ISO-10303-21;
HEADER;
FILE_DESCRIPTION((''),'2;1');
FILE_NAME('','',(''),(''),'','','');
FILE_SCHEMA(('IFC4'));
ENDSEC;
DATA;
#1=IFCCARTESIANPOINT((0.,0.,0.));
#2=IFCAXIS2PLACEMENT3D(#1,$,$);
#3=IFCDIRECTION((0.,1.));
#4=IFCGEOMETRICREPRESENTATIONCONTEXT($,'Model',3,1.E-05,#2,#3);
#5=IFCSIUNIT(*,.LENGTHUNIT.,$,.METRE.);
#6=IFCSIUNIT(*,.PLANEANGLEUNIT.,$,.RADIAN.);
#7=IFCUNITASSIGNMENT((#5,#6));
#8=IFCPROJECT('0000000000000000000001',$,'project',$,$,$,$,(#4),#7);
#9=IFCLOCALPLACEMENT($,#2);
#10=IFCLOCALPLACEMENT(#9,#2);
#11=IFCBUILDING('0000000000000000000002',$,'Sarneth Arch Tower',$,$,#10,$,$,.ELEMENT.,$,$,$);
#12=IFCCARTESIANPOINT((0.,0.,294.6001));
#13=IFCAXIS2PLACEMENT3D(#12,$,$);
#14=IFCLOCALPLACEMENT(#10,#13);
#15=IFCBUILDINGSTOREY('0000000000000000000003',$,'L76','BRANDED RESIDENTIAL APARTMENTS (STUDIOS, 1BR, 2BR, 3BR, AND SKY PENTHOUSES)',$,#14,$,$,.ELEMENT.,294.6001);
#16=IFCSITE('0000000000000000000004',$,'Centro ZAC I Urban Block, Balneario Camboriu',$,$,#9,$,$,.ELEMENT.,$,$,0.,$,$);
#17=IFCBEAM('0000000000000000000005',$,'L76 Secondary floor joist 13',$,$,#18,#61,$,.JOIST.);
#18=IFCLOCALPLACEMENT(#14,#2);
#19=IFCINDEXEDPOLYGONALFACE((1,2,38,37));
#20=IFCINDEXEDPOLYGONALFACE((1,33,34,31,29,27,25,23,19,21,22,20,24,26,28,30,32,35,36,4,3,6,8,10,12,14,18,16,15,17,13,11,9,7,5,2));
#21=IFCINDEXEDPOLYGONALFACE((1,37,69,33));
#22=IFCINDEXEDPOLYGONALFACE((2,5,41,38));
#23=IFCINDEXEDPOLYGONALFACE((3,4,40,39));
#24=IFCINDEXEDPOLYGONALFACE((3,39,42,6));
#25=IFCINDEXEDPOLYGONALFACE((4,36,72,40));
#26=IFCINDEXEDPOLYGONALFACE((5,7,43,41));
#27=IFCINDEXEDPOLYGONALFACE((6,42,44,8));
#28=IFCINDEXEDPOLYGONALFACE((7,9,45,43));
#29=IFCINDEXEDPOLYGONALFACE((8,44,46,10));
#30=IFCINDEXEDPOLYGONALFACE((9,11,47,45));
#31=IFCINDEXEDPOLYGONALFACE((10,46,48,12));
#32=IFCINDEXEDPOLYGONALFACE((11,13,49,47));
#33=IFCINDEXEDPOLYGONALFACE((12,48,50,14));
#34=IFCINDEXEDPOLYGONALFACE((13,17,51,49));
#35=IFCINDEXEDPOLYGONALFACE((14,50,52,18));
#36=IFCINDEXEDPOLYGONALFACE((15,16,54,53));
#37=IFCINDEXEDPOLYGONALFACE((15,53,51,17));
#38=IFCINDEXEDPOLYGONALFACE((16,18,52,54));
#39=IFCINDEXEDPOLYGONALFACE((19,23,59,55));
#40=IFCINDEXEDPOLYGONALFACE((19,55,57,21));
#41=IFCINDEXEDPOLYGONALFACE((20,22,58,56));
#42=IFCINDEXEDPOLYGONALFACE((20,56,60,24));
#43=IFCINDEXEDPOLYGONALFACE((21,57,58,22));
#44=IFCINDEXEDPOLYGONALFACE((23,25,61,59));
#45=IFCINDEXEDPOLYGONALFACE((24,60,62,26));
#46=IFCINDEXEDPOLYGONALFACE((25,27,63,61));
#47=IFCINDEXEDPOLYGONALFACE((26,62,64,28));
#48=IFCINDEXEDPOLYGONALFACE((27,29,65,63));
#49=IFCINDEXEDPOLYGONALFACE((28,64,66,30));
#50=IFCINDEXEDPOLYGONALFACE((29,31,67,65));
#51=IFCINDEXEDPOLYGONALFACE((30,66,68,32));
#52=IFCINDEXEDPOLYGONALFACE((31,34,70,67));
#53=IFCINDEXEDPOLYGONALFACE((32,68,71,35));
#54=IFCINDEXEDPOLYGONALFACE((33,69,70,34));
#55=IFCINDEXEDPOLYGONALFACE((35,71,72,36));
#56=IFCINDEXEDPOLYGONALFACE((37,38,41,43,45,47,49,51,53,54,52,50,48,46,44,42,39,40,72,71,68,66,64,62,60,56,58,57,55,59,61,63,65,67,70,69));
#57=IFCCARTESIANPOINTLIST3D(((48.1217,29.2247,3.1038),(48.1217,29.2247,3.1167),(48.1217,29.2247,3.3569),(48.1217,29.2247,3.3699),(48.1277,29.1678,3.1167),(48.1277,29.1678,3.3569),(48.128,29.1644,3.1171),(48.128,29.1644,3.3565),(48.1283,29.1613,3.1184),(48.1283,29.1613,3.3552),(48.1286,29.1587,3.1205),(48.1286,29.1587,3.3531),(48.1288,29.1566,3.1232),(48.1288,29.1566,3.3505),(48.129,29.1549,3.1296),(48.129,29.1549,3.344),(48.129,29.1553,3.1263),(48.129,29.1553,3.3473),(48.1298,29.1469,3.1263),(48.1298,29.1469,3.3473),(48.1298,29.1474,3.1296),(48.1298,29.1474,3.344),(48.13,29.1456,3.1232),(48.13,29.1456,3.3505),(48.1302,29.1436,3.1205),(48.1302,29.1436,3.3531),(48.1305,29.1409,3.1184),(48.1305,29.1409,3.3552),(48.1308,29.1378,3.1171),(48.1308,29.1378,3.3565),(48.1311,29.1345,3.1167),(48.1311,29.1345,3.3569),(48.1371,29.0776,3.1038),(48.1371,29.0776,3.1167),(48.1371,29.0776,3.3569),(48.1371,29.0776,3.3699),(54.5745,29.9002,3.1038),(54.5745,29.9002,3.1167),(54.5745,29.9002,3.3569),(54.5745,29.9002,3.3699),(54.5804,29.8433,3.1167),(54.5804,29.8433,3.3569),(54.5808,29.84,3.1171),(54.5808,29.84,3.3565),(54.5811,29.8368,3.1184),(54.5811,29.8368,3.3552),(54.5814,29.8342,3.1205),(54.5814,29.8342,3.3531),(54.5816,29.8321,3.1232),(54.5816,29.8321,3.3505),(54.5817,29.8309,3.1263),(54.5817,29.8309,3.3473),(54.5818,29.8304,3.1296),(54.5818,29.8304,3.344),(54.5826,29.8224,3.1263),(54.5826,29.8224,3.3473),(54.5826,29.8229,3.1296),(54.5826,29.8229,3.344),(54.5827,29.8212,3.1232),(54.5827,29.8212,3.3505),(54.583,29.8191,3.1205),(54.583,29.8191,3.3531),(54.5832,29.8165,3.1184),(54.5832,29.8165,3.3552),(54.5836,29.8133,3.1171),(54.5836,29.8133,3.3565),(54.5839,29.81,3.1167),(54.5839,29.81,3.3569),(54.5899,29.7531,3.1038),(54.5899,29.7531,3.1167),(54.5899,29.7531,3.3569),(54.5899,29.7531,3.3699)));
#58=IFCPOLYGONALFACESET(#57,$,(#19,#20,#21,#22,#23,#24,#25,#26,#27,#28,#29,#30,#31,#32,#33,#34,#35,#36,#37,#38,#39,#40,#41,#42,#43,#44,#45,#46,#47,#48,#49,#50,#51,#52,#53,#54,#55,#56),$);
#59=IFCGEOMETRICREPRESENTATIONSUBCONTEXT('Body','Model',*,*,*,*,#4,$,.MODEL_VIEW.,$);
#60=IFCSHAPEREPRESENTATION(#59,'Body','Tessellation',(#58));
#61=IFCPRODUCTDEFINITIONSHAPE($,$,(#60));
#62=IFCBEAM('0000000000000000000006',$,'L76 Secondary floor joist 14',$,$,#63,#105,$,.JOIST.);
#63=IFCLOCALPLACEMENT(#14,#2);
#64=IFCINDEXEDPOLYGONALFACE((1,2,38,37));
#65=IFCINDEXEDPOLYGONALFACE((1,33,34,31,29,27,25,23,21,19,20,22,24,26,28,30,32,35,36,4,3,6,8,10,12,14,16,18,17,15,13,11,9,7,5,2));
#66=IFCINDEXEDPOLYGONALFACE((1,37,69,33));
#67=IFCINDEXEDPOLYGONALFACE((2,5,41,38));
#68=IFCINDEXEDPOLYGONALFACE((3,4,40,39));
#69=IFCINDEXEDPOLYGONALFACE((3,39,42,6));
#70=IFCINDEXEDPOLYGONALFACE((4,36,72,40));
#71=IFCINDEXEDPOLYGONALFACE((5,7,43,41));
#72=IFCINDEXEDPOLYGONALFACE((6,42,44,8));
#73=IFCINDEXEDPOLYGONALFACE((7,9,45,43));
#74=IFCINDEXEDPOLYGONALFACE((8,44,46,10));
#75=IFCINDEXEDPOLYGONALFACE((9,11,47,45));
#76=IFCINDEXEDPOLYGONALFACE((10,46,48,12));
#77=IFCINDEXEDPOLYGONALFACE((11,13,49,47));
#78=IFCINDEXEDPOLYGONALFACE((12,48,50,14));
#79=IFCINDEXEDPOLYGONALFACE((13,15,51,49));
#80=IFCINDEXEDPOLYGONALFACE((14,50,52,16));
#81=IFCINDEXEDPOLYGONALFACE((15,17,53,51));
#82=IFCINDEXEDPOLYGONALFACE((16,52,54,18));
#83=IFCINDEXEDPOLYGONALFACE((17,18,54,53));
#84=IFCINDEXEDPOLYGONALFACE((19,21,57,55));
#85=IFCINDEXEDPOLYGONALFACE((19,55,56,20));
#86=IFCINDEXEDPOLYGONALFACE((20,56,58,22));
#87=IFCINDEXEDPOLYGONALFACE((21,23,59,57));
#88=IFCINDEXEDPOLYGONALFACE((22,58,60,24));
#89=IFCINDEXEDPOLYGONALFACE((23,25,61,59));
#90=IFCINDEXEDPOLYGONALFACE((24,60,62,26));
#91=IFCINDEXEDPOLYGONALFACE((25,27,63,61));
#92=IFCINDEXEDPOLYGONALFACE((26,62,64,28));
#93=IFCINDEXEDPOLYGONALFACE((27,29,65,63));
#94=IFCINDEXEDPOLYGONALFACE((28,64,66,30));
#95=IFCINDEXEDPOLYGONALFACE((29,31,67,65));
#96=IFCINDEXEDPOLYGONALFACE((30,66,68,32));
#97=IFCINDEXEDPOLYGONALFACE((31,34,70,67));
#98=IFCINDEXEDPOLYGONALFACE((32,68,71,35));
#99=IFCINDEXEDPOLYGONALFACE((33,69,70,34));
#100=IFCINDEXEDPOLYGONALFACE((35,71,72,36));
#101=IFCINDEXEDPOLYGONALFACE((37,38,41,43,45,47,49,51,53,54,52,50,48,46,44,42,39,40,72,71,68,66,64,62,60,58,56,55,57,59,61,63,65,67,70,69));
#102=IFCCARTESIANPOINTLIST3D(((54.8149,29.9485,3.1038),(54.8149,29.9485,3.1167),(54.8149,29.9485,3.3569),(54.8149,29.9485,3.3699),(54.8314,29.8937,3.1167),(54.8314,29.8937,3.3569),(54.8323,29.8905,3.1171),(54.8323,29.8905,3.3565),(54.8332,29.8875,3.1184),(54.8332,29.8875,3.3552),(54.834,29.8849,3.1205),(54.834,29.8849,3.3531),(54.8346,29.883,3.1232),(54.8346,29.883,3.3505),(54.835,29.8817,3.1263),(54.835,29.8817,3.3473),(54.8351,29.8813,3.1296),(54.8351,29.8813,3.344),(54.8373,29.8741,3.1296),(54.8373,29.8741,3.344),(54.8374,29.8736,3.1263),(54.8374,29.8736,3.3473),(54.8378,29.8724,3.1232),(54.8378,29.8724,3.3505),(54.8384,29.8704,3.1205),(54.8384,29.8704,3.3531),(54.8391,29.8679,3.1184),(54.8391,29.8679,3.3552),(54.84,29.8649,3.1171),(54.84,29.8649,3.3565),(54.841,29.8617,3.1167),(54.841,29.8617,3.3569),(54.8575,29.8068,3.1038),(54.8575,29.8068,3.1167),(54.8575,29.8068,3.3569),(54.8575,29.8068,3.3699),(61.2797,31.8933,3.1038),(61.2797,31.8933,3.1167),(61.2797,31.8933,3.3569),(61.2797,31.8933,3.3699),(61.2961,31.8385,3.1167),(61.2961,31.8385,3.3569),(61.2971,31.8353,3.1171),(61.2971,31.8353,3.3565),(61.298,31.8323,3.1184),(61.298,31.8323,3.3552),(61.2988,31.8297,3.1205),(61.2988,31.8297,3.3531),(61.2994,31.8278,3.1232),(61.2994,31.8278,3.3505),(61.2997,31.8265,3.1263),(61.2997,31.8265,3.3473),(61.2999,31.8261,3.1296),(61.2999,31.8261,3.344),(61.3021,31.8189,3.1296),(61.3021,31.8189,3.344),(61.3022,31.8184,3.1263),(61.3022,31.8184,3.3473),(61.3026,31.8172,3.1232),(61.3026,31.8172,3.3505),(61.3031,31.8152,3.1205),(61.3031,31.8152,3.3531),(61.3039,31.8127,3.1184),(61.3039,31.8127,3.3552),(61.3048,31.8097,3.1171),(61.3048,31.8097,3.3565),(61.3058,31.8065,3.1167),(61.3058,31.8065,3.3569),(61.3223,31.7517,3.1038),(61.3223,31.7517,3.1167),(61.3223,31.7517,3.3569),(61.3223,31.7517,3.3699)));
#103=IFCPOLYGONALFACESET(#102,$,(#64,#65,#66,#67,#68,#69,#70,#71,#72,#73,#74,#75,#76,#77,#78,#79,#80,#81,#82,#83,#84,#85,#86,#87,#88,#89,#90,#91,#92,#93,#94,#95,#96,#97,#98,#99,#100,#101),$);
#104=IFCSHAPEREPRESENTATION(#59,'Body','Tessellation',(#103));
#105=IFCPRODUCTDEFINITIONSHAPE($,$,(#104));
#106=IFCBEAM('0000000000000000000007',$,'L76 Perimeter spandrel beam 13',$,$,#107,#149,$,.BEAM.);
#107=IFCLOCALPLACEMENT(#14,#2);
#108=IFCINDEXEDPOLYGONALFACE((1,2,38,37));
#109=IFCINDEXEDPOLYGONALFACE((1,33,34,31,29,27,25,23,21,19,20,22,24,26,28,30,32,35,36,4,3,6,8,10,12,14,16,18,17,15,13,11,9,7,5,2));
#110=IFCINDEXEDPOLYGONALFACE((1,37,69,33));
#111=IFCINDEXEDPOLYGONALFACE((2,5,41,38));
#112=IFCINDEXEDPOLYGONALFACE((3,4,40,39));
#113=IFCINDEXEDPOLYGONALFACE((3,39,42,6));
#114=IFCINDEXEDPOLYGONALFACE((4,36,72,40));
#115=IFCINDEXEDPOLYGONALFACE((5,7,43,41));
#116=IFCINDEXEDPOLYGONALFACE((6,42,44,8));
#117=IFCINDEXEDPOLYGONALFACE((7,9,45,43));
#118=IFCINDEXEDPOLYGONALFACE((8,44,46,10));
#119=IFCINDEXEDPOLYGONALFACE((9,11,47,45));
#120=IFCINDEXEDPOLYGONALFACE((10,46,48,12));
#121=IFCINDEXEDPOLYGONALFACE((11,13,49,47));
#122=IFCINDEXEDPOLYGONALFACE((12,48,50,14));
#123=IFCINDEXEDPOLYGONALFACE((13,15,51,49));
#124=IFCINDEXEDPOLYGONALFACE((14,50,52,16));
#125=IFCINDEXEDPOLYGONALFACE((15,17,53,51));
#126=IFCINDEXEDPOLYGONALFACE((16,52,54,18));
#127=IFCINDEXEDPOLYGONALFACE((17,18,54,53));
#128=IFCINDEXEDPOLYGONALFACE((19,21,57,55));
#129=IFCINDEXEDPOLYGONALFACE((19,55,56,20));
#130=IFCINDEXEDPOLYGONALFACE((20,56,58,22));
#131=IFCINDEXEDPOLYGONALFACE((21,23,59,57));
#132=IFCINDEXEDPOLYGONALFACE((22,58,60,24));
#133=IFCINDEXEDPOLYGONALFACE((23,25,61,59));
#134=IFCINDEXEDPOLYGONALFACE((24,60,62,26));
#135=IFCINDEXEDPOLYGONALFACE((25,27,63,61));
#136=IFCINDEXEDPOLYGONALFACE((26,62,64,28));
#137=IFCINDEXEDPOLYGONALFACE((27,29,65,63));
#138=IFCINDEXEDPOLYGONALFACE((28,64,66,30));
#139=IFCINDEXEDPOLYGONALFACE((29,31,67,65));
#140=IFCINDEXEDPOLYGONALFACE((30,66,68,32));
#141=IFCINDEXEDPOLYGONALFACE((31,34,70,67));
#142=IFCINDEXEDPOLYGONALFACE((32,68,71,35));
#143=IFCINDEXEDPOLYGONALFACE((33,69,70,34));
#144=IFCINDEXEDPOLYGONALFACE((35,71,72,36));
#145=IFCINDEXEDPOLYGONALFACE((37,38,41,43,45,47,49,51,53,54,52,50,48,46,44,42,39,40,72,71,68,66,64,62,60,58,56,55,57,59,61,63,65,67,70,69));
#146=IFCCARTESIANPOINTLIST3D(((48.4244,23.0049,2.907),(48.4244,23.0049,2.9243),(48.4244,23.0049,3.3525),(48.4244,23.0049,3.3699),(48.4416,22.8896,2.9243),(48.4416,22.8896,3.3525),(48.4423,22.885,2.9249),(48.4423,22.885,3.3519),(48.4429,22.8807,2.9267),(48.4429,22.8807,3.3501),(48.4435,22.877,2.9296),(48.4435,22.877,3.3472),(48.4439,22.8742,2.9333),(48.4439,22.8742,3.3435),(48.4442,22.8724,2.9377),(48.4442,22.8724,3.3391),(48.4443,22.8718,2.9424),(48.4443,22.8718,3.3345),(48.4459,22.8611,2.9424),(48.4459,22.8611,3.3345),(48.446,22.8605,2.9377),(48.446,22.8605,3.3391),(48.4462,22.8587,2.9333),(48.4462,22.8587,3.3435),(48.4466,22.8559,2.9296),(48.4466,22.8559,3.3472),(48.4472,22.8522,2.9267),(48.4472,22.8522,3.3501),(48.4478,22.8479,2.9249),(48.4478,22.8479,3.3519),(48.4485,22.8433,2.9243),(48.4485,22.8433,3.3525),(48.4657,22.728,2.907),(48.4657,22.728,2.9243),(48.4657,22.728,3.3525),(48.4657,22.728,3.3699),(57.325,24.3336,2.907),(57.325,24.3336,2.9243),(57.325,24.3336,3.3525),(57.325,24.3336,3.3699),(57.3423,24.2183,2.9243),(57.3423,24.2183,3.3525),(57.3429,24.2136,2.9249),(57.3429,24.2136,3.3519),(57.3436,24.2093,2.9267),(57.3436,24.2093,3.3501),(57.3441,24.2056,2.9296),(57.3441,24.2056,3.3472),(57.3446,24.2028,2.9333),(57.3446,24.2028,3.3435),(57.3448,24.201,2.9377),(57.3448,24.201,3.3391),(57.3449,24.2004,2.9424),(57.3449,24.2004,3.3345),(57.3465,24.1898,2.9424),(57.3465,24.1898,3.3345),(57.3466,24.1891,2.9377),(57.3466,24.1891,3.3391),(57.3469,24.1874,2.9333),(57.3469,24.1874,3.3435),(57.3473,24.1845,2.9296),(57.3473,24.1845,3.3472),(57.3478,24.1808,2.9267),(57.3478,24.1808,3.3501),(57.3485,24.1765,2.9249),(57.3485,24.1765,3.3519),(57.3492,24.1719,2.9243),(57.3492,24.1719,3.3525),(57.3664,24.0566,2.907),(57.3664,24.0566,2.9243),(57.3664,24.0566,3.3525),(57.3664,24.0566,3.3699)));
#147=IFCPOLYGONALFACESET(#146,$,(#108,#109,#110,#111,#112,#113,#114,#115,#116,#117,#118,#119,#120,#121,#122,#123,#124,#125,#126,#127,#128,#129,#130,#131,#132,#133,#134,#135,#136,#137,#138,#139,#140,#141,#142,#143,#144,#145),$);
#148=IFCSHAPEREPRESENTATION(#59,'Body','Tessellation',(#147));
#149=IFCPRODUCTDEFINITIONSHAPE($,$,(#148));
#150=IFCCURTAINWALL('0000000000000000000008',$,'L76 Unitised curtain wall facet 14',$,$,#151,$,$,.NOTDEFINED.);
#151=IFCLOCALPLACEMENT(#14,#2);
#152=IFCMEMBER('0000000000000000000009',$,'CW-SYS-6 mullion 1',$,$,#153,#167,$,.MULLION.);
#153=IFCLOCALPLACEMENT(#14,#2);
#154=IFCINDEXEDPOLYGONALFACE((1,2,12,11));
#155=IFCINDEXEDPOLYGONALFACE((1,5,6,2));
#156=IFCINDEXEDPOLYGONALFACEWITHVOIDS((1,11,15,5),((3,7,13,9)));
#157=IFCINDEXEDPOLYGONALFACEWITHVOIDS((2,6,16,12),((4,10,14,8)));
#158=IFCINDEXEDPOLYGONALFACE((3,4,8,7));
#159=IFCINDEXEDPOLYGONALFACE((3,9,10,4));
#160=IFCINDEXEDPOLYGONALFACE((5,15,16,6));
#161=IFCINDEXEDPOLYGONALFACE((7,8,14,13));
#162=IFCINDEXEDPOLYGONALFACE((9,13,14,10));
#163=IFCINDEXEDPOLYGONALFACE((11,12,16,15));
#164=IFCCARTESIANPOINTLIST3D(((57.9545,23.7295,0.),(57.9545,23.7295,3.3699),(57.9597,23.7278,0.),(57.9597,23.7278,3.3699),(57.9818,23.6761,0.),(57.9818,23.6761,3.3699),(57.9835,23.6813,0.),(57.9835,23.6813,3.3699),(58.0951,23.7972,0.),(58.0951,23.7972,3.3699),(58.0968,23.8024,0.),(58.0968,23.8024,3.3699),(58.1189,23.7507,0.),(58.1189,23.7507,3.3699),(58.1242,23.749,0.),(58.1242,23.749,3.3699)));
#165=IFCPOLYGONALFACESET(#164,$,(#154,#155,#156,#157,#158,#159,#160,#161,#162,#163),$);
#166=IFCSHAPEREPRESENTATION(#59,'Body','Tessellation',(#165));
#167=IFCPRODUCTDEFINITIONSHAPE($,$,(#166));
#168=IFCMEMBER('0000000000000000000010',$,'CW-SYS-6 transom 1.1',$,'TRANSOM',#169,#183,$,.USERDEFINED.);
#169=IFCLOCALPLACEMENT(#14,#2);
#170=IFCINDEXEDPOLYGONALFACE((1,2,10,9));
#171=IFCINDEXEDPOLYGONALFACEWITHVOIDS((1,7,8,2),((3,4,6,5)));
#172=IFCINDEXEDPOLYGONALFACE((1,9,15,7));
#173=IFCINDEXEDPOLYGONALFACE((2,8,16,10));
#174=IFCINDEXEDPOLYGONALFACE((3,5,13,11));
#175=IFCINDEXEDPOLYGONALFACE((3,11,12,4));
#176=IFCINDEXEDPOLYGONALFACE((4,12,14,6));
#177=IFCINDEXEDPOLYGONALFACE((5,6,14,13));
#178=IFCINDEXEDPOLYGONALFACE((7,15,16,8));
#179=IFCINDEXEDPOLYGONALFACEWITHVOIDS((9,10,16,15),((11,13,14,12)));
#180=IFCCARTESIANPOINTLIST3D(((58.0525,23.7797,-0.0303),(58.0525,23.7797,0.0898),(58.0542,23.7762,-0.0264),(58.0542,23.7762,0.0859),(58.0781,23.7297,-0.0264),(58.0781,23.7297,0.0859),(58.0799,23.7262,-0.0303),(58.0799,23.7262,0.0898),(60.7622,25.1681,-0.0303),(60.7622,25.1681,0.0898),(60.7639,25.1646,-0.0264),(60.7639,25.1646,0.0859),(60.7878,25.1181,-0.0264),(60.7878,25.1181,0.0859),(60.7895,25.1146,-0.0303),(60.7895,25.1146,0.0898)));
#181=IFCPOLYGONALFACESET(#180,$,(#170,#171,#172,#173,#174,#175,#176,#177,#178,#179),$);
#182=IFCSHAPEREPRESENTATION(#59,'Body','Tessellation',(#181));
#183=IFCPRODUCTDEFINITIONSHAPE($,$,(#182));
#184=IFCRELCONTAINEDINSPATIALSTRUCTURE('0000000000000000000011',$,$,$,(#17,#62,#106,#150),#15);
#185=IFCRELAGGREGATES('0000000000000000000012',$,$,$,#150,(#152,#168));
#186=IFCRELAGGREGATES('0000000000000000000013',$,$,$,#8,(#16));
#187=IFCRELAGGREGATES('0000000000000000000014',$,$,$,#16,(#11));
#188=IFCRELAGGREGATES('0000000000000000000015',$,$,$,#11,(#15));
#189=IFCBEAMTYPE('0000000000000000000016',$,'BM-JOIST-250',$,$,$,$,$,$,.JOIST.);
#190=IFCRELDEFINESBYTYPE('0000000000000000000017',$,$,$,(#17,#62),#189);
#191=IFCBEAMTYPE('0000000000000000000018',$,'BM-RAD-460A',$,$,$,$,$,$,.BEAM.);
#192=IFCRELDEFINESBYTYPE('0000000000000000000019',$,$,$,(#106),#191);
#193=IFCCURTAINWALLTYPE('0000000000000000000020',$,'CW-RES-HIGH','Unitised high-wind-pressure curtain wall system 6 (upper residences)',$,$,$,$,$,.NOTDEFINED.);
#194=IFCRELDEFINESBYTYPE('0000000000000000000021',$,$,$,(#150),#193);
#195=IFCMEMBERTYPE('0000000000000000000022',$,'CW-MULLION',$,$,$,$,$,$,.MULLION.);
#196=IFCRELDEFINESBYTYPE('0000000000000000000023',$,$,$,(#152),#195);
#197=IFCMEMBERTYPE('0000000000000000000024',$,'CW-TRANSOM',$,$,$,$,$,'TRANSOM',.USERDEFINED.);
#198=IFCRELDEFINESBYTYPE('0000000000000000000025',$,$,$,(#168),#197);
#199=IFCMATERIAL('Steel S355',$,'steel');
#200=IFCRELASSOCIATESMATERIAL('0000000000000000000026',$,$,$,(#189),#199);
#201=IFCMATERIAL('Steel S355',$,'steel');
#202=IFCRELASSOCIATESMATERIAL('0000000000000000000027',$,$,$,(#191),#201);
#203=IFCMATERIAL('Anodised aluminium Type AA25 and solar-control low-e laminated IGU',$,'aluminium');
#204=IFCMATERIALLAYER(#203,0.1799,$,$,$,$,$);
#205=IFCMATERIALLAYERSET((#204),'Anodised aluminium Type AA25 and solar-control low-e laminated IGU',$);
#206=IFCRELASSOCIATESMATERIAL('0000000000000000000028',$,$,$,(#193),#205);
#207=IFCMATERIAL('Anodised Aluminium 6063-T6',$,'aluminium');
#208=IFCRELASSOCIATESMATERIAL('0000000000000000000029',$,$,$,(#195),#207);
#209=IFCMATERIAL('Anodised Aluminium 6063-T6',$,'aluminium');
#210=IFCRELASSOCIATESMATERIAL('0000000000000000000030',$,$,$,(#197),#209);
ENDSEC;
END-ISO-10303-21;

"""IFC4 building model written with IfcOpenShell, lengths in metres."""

from ifc_helpers import new_model, si_unit, direction, frame, origin, origin_2d, place, context, subcontext, project, spatial, hollow_rectangle, i_section, extrude, material, layer, layer_set, material_profile, profile_set, type_object, element, aggregate, save


model = new_model("IFC4")

# Units and contexts
model_context = context("Model", 3, precision=1e-05, world=origin(), true_north=direction((0.0, 1.0)))
body_context = subcontext(model_context, "Body", "Model", "MODEL_VIEW")
ifc_project = project(units=[si_unit("LENGTHUNIT", "METRE"), si_unit("PLANEANGLEUNIT", "RADIAN")], contexts=[model_context])

# Site, building, storey
site_placement = place(None, origin())
site = spatial("IfcSite", under=ifc_project, at=site_placement, Name="Centro ZAC I Urban Block, Balneario Camboriu", CompositionType="ELEMENT", RefElevation=0.0)
building_placement = place(site_placement, origin())
building = spatial("IfcBuilding", under=site, at=building_placement, Name="Sarneth Arch Tower", CompositionType="ELEMENT")
storey_placement = place(building_placement, frame((0.0, 0.0, 294.6001)))
storey = spatial("IfcBuildingStorey", under=building, at=storey_placement, Name="L76", Description="BRANDED RESIDENTIAL APARTMENTS (STUDIOS, 1BR, 2BR, 3BR, AND SKY PENTHOUSES)", CompositionType="ELEMENT", Elevation=294.6001)

# Beams
ifc_material_1 = material(Name="Steel S355", Category="steel")
ifc_material_profile_1 = material_profile(ifc_material_1, i_section(OverallWidth=0.1479, OverallDepth=0.2661, WebThickness=0.0076, FlangeThickness=0.0129, FilletRadius=0.0129, at=origin_2d()), Name="W250x44.8")
ifc_profile_set_1 = profile_set([ifc_material_profile_1], Name="Steel S355")
beam_type_1 = type_object("IfcBeamType", Name="BM-JOIST-250", PredefinedType="JOIST", material=ifc_profile_set_1)
beam_1_placement = place(storey_placement, frame((48.1294, 29.1511, 3.2368), z_axis=(0.994565, 0.104119, 0.0), x_axis=(-0.104119, 0.994565, 0.0)))
element("IfcBeam", 1, at=beam_1_placement, inside=storey, type_object=beam_type_1, Name="L76 Secondary floor joist 13", PredefinedType="JOIST", context=body_context, shape_type="SweptSolid", body=[
    extrude(i_section(OverallWidth=0.1479, OverallDepth=0.2661, WebThickness=0.0076, FlangeThickness=0.0129, FilletRadius=0.0129, at=origin_2d()), origin(), (0.0, 0.0, 1.0), 6.488),
])
beam_2_placement = place(storey_placement, frame((54.8362, 29.8777, 3.2368), z_axis=(0.957607, 0.288078, 0.0), x_axis=(-0.288078, 0.957607, 0.0)))
element("IfcBeam", 2, at=beam_2_placement, inside=storey, type_object=beam_type_1, Name="L76 Secondary floor joist 14", PredefinedType="JOIST", context=body_context, shape_type="SweptSolid", body=[
    extrude(i_section(OverallWidth=0.1479, OverallDepth=0.2661, WebThickness=0.0076, FlangeThickness=0.0129, FilletRadius=0.0129, at=origin_2d()), origin(), (0.0, 0.0, 1.0), 6.751),
])
ifc_material_2 = material(Name="Steel S355", Category="steel")
ifc_material_profile_2 = material_profile(ifc_material_2, i_section(OverallWidth=0.28, OverallDepth=0.4629, WebThickness=0.0107, FlangeThickness=0.0173, FilletRadius=0.0181, at=origin_2d()), Name="W460x113")
ifc_profile_set_2 = profile_set([ifc_material_profile_2], Name="Steel S355")
beam_type_2 = type_object("IfcBeamType", Name="BM-RAD-460A", PredefinedType="BEAM", material=ifc_profile_set_2)
beam_3_placement = place(storey_placement, frame((48.4451, 22.8665, 3.1384), z_axis=(0.989042, 0.147636, 0.0), x_axis=(-0.147636, 0.989042, 0.0)))
element("IfcBeam", 3, at=beam_3_placement, inside=storey, type_object=beam_type_2, Name="L76 Perimeter spandrel beam 13", PredefinedType="BEAM", context=body_context, shape_type="SweptSolid", body=[
    extrude(i_section(OverallWidth=0.28, OverallDepth=0.4629, WebThickness=0.0107, FlangeThickness=0.0173, FilletRadius=0.0181, at=origin_2d()), origin(), (0.0, 0.0, 1.0), 8.9993),
])

# Curtain wall, members
ifc_material_3 = material(Name="Anodised aluminium Type AA25 and solar-control low-e laminated IGU", Category="aluminium")
ifc_layer_1 = layer(ifc_material_3, 0.1799)
ifc_layer_set_1 = layer_set([ifc_layer_1], Name="Anodised aluminium Type AA25 and solar-control low-e laminated IGU")
curtain_wall_type = type_object("IfcCurtainWallType", Name="CW-RES-HIGH", Description="Unitised high-wind-pressure curtain wall system 6 (upper residences)", PredefinedType="NOTDEFINED", material=ifc_layer_set_1)
curtain_wall_placement = place(storey_placement, origin())
curtain_wall = element("IfcCurtainWall", 4, at=curtain_wall_placement, inside=storey, type_object=curtain_wall_type, Name="L76 Unitised curtain wall facet 14", PredefinedType="NOTDEFINED")
ifc_material_4 = material(Name="Anodised Aluminium 6063-T6", Category="aluminium")
ifc_material_profile_3 = material_profile(ifc_material_4, hollow_rectangle(XDim=0.0601, YDim=0.1599, WallThickness=0.0039, at=origin_2d()), Name="AL-MULL-160x60x4")
ifc_profile_set_3 = profile_set([ifc_material_profile_3], Name="Anodised Aluminium 6063-T6")
member_type_1 = type_object("IfcMemberType", Name="CW-MULLION", PredefinedType="MULLION", material=ifc_profile_set_3)
member_1_placement = place(storey_placement, frame((58.0393, 23.7393, 0.0), z_axis=(0.0, 0.0, 1.0), x_axis=(-0.455942, 0.89001, 0.0)))
member_1 = element("IfcMember", 5, at=member_1_placement, type_object=member_type_1, Name="CW-SYS-6 mullion 1", PredefinedType="MULLION", context=body_context, shape_type="SweptSolid", body=[
    extrude(hollow_rectangle(XDim=0.0601, YDim=0.1599, WallThickness=0.0039, at=origin_2d()), origin(), (0.0, 0.0, 1.0), 3.3699),
])
ifc_material_5 = material(Name="Anodised Aluminium 6063-T6", Category="aluminium")
ifc_material_profile_4 = material_profile(ifc_material_5, hollow_rectangle(XDim=0.0601, YDim=0.1201, WallThickness=0.0039, at=origin_2d()), Name="AL-TRAN-120x60x4")
ifc_profile_set_4 = profile_set([ifc_material_profile_4], Name="Anodised Aluminium 6063-T6")
member_type_2 = type_object("IfcMemberType", Name="CW-TRANSOM", ElementType="TRANSOM", PredefinedType="USERDEFINED", material=ifc_profile_set_4)
member_2_placement = place(storey_placement, frame((58.0662, 23.7529, 0.0298), z_axis=(0.889974, 0.456012, 0.0), x_axis=(-0.456012, 0.889974, 0.0)))
member_2 = element("IfcMember", 6, at=member_2_placement, type_object=member_type_2, Name="CW-SYS-6 transom 1.1", ObjectType="TRANSOM", PredefinedType="USERDEFINED", context=body_context, shape_type="SweptSolid", body=[
    extrude(hollow_rectangle(XDim=0.0601, YDim=0.1201, WallThickness=0.0039, at=origin_2d()), origin(), (0.0, 0.0, 1.0), 3.0447),
])
aggregate(curtain_wall, [member_1, member_2])

save(model, "model.ifc")
